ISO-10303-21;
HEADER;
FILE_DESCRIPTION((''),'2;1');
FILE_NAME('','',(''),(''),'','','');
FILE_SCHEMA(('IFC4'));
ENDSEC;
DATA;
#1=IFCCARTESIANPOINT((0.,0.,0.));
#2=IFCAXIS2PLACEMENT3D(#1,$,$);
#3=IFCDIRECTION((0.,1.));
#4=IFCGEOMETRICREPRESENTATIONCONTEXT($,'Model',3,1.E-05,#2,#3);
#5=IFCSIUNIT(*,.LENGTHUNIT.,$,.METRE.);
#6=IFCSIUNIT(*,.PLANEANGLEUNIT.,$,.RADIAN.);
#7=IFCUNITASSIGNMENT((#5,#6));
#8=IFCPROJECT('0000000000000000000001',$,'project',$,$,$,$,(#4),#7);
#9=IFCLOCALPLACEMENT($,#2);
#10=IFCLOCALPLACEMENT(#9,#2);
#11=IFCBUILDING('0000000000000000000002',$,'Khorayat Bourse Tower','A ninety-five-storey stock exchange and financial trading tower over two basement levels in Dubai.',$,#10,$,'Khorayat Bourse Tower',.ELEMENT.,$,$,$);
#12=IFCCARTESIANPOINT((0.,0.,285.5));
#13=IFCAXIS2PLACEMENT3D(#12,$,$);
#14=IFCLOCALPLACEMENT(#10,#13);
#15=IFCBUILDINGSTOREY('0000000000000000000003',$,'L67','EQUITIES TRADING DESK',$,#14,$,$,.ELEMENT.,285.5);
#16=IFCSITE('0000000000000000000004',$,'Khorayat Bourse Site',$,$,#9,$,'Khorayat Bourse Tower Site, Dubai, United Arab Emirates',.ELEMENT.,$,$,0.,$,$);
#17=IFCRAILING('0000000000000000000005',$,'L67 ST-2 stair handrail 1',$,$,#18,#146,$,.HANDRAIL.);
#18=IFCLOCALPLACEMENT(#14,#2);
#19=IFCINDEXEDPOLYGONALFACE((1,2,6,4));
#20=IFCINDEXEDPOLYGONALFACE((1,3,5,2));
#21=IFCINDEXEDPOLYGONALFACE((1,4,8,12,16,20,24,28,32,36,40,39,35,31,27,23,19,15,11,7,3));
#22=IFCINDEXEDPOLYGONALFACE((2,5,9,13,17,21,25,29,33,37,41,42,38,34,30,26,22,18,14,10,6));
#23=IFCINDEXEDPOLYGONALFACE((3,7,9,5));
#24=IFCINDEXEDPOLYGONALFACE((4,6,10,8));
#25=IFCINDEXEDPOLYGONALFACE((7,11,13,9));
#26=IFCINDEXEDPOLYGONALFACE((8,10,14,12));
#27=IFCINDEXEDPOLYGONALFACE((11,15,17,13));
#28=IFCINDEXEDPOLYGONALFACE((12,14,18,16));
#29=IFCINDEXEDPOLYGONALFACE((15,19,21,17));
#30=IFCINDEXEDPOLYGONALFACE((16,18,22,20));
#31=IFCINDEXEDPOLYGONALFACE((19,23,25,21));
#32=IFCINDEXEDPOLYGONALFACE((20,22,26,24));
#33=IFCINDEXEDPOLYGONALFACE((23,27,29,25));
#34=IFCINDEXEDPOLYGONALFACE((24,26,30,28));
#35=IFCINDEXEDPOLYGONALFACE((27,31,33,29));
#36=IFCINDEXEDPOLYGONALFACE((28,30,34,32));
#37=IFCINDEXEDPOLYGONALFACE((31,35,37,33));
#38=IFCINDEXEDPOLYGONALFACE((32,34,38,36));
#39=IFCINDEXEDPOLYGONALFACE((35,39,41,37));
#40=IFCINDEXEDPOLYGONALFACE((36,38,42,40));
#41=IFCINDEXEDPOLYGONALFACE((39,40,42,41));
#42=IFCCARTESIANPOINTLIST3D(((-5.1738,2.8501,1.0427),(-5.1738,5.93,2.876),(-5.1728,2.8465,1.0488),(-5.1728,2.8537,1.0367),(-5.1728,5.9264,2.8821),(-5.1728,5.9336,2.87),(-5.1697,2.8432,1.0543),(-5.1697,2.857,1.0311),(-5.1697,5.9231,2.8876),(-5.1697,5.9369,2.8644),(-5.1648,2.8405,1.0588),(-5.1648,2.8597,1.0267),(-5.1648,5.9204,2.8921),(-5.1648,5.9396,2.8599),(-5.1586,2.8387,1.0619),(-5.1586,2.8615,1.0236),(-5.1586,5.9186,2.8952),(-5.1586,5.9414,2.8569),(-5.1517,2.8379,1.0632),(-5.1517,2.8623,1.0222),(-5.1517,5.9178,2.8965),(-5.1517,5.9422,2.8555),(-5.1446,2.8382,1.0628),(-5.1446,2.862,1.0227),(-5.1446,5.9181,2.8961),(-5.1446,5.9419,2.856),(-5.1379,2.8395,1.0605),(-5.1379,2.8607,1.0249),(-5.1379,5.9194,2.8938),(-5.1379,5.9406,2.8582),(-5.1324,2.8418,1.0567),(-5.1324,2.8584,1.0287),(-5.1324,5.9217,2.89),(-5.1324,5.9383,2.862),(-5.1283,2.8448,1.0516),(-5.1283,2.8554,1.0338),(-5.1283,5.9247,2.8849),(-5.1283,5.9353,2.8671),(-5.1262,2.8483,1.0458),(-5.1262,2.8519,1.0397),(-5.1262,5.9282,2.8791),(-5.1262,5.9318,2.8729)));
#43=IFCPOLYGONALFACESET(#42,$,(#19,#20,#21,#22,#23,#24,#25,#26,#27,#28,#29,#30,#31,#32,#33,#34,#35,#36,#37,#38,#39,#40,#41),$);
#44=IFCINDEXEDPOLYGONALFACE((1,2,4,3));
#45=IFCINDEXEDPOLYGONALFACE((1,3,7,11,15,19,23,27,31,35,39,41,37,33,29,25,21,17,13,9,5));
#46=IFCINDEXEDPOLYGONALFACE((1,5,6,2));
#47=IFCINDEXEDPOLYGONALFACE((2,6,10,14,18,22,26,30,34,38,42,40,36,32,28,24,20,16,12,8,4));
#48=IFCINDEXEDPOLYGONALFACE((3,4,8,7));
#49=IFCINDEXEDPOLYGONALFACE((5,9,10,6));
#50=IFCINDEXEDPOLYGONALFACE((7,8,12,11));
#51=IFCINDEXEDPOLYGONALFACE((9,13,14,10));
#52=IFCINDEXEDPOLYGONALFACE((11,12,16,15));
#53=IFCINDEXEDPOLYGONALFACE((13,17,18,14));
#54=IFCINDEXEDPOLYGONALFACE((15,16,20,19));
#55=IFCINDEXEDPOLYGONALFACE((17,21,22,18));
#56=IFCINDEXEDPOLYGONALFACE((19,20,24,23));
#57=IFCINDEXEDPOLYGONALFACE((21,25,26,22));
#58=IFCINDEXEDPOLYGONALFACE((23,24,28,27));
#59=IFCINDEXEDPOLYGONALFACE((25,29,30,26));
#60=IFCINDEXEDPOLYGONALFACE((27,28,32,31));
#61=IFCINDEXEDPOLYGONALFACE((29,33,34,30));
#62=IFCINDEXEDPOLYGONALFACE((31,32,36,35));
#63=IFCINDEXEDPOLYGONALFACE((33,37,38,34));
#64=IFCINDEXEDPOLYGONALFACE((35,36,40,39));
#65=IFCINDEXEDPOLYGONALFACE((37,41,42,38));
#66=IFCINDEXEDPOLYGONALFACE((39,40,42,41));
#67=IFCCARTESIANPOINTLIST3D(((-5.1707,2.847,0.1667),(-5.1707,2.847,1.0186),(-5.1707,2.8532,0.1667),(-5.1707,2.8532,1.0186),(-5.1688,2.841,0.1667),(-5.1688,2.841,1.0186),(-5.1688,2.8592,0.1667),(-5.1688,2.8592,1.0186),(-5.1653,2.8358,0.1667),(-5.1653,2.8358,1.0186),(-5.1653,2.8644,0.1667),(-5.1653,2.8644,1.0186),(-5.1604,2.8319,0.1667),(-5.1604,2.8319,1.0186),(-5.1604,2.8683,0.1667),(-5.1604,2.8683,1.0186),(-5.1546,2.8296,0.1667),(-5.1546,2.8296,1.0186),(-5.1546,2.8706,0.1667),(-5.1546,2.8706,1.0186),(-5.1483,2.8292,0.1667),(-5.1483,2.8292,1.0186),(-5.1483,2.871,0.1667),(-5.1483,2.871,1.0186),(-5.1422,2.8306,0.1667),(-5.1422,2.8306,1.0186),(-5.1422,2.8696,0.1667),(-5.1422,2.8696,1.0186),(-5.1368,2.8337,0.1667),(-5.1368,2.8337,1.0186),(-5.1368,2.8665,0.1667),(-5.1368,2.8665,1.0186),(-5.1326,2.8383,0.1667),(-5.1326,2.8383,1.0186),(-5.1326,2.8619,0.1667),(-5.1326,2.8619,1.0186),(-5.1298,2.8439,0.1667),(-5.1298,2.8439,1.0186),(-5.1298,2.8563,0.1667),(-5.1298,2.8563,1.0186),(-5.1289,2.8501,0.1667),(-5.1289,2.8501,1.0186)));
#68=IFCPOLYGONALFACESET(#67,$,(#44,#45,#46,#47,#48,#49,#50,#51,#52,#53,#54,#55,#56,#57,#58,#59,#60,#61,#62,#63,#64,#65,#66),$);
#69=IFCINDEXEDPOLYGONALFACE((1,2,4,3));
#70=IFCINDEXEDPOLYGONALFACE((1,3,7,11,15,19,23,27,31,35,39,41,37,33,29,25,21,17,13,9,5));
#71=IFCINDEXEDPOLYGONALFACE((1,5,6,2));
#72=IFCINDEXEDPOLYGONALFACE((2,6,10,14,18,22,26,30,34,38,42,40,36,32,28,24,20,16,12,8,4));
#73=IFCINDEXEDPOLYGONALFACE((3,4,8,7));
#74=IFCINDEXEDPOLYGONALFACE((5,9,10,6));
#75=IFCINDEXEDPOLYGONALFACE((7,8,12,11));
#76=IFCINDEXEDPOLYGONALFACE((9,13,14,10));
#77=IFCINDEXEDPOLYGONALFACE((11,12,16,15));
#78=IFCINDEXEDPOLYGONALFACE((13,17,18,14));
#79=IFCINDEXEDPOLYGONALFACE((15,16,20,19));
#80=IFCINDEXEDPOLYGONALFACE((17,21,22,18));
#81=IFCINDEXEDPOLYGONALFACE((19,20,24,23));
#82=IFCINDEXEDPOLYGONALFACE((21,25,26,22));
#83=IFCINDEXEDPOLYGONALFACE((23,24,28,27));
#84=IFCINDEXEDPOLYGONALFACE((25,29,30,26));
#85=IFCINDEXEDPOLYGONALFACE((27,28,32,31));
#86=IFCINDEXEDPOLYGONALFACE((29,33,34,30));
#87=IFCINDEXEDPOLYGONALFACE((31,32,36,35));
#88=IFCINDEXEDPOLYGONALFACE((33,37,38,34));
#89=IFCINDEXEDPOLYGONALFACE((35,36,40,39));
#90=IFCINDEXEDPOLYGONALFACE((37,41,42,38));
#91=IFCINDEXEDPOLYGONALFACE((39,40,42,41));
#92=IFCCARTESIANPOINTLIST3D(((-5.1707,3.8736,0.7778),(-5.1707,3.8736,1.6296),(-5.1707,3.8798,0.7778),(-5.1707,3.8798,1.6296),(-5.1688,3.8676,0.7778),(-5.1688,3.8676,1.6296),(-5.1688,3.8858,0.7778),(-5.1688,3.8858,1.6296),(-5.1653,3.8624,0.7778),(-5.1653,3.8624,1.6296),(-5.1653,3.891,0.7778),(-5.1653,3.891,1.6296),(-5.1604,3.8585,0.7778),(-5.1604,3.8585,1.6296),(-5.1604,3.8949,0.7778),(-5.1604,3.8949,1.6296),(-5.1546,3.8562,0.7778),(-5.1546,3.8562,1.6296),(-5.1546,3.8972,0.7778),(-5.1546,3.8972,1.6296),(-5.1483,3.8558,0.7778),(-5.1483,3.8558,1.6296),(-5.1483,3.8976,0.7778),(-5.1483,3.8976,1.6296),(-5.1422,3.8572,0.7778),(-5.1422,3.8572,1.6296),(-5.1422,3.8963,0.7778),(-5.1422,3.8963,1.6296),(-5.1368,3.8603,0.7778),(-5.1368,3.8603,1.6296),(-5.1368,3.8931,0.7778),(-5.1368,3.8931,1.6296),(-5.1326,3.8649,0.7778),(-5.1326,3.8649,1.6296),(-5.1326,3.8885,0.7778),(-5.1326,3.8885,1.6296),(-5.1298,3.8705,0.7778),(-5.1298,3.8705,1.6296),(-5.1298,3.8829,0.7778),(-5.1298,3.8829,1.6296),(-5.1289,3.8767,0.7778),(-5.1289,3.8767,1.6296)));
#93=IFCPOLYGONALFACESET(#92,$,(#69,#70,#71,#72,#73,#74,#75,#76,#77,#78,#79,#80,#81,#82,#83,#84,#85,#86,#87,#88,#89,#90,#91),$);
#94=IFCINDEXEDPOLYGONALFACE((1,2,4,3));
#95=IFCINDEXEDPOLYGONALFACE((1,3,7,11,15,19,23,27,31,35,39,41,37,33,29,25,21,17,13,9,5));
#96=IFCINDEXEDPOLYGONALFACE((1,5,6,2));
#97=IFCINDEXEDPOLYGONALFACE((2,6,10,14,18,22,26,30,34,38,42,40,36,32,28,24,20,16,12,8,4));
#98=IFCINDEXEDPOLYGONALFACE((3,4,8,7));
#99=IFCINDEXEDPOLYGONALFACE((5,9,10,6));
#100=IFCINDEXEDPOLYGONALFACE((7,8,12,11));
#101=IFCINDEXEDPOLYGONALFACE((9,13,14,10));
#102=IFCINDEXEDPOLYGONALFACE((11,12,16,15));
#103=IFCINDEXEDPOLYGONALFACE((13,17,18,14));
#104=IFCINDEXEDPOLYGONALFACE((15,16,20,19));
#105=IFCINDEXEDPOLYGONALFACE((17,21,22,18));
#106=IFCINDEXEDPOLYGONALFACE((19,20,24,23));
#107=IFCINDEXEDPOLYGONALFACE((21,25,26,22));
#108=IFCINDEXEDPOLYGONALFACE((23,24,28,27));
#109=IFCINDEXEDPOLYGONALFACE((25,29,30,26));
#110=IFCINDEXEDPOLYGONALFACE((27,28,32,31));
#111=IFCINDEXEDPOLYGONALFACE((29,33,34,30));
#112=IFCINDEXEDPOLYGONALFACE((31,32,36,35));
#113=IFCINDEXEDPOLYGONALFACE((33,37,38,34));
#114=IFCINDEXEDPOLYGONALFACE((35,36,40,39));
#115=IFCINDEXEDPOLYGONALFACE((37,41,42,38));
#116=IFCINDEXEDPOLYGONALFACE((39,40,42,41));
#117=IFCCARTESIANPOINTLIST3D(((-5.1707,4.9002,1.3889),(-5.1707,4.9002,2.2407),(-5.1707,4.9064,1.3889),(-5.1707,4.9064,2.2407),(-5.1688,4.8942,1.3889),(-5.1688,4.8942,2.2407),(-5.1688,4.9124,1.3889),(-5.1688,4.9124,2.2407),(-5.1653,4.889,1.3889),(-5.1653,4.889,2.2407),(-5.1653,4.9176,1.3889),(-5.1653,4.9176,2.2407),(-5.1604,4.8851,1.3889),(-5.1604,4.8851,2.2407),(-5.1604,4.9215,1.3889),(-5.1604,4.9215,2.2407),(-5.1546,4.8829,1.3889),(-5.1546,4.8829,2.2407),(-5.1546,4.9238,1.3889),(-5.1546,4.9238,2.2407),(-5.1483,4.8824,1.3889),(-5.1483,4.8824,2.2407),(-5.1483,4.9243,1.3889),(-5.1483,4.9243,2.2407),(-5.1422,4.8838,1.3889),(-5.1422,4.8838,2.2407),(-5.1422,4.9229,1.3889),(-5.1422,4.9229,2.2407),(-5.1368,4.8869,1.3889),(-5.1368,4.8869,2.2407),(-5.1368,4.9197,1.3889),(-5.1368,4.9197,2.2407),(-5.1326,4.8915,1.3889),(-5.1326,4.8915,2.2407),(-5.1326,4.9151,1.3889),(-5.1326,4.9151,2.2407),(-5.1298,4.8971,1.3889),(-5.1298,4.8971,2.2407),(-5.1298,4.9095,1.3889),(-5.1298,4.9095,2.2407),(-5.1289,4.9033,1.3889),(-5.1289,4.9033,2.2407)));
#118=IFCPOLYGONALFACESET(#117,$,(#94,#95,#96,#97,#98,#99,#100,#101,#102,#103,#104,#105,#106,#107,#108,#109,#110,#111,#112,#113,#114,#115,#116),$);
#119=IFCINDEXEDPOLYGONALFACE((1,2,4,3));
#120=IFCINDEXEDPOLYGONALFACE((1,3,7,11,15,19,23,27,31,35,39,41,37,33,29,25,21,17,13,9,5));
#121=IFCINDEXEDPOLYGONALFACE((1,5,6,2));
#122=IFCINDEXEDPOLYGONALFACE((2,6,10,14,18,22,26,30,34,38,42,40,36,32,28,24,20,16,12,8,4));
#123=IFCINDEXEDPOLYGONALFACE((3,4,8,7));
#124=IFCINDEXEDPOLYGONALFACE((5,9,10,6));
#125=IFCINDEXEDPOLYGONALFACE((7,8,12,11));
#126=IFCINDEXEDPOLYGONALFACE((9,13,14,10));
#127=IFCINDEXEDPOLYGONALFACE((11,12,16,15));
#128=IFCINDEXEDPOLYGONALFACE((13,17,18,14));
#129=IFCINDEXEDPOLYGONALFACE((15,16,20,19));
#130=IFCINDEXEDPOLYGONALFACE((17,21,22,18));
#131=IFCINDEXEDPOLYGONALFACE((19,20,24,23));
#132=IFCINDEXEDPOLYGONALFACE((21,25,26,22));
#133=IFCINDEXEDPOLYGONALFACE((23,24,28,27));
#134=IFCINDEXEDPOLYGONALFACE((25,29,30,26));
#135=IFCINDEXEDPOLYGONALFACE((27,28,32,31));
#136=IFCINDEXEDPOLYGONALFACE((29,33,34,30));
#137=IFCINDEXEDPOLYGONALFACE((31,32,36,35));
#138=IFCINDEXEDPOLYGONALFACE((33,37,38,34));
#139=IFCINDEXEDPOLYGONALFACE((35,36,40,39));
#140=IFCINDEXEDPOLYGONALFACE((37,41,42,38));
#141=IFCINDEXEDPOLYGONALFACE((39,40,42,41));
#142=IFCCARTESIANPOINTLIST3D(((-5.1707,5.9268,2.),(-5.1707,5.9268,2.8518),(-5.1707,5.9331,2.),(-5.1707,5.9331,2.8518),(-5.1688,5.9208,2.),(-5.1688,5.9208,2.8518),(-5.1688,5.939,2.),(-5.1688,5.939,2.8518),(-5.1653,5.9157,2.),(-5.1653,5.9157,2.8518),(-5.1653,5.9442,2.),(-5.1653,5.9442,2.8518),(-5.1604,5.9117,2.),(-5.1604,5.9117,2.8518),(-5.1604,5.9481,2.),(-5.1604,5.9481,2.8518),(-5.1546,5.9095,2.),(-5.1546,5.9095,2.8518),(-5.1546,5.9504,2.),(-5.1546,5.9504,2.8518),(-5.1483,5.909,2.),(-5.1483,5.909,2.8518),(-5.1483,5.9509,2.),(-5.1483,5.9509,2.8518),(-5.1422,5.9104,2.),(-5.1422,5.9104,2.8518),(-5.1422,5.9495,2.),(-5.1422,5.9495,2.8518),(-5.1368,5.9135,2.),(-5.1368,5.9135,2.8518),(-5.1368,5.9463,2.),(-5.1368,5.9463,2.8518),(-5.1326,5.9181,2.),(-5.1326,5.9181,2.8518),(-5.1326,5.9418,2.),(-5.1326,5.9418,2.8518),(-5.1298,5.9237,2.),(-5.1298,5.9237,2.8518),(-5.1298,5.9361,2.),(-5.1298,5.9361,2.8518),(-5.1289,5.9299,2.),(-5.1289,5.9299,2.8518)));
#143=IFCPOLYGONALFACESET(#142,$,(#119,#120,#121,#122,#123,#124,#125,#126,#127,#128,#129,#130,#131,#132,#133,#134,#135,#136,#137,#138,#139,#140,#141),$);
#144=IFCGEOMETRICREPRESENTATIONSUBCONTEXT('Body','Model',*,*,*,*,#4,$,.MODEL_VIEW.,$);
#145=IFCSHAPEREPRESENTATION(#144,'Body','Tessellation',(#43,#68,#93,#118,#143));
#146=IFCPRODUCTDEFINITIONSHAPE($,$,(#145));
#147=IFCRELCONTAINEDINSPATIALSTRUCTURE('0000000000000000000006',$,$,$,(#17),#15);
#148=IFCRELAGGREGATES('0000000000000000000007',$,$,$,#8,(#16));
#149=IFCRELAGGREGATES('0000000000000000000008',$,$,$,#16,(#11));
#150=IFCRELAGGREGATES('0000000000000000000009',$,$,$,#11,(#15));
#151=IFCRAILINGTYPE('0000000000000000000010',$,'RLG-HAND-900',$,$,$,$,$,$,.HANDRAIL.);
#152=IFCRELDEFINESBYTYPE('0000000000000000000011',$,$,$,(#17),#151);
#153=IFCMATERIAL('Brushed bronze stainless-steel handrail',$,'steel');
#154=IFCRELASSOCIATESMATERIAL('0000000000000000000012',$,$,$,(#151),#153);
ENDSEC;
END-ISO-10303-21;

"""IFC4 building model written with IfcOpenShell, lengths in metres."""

from ifc_helpers import new_model, si_unit, direction, frame, origin, origin_2d, place, context, subcontext, project, spatial, circle, extrude, source, transform, mapped, material, type_object, element, save


model = new_model("IFC4")

# Units and contexts
model_context = context("Model", 3, precision=1e-05, world=origin(), true_north=direction((0.0, 1.0)))
body_context = subcontext(model_context, "Body", "Model", "MODEL_VIEW")
ifc_project = project(units=[si_unit("LENGTHUNIT", "METRE"), si_unit("PLANEANGLEUNIT", "RADIAN")], contexts=[model_context])

# Site, building, storey
site_placement = place(None, origin())
site = spatial("IfcSite", under=ifc_project, at=site_placement, Name="Khorayat Bourse Site", LongName="Khorayat Bourse Tower Site, Dubai, United Arab Emirates", CompositionType="ELEMENT", RefElevation=0.0)
building_placement = place(site_placement, origin())
building = spatial("IfcBuilding", under=site, at=building_placement, Name="Khorayat Bourse Tower", Description="A ninety-five-storey stock exchange and financial trading tower over two basement levels in Dubai.", LongName="Khorayat Bourse Tower", CompositionType="ELEMENT")
storey_placement = place(building_placement, frame((0.0, 0.0, 285.5)))
storey = spatial("IfcBuildingStorey", under=building, at=storey_placement, Name="L67", Description="EQUITIES TRADING DESK", CompositionType="ELEMENT", Elevation=285.5)

# Railing
ifc_material_1 = material(Name="Brushed bronze stainless-steel handrail", Category="steel")
railing_type_1 = type_object("IfcRailingType", Name="RLG-HAND-900", PredefinedType="HANDRAIL", material=ifc_material_1)
shared_shape_1 = source(origin(), body_context, "Body", "SweptSolid", [
    extrude(circle(Radius=0.0239, at=origin_2d()), frame((0.0, 0.0, 0.876), z_axis=(0.0, 0.859291, 0.511487), x_axis=(-1.0, 0.0, 0.0)), (0.0, 0.0, 1.0), 3.5842),
    extrude(circle(Radius=0.021, at=origin_2d()), origin(), (0.0, 0.0, 1.0), 0.8518),
    extrude(circle(Radius=0.021, at=origin_2d()), frame((0.0, 1.0266, 0.6111)), (0.0, 0.0, 1.0), 0.8518),
    extrude(circle(Radius=0.021, at=origin_2d()), frame((0.0, 2.0532, 1.2222)), (0.0, 0.0, 1.0), 0.8518),
    extrude(circle(Radius=0.021, at=origin_2d()), frame((0.0, 3.0798, 1.8333)), (0.0, 0.0, 1.0), 0.8518),
])
railing_1_placement = place(storey_placement, frame((-5.1499, 2.8501, 0.1667)))
element("IfcRailing", 1, at=railing_1_placement, inside=storey, type_object=railing_type_1, Name="L67 ST-2 stair handrail 1", PredefinedType="HANDRAIL", context=body_context, shape_type="MappedRepresentation", body=[
    mapped(shared_shape_1, transform((0.0, 0.0, 0.0), scale=1.0)),
])

save(model, "model.ifc")
